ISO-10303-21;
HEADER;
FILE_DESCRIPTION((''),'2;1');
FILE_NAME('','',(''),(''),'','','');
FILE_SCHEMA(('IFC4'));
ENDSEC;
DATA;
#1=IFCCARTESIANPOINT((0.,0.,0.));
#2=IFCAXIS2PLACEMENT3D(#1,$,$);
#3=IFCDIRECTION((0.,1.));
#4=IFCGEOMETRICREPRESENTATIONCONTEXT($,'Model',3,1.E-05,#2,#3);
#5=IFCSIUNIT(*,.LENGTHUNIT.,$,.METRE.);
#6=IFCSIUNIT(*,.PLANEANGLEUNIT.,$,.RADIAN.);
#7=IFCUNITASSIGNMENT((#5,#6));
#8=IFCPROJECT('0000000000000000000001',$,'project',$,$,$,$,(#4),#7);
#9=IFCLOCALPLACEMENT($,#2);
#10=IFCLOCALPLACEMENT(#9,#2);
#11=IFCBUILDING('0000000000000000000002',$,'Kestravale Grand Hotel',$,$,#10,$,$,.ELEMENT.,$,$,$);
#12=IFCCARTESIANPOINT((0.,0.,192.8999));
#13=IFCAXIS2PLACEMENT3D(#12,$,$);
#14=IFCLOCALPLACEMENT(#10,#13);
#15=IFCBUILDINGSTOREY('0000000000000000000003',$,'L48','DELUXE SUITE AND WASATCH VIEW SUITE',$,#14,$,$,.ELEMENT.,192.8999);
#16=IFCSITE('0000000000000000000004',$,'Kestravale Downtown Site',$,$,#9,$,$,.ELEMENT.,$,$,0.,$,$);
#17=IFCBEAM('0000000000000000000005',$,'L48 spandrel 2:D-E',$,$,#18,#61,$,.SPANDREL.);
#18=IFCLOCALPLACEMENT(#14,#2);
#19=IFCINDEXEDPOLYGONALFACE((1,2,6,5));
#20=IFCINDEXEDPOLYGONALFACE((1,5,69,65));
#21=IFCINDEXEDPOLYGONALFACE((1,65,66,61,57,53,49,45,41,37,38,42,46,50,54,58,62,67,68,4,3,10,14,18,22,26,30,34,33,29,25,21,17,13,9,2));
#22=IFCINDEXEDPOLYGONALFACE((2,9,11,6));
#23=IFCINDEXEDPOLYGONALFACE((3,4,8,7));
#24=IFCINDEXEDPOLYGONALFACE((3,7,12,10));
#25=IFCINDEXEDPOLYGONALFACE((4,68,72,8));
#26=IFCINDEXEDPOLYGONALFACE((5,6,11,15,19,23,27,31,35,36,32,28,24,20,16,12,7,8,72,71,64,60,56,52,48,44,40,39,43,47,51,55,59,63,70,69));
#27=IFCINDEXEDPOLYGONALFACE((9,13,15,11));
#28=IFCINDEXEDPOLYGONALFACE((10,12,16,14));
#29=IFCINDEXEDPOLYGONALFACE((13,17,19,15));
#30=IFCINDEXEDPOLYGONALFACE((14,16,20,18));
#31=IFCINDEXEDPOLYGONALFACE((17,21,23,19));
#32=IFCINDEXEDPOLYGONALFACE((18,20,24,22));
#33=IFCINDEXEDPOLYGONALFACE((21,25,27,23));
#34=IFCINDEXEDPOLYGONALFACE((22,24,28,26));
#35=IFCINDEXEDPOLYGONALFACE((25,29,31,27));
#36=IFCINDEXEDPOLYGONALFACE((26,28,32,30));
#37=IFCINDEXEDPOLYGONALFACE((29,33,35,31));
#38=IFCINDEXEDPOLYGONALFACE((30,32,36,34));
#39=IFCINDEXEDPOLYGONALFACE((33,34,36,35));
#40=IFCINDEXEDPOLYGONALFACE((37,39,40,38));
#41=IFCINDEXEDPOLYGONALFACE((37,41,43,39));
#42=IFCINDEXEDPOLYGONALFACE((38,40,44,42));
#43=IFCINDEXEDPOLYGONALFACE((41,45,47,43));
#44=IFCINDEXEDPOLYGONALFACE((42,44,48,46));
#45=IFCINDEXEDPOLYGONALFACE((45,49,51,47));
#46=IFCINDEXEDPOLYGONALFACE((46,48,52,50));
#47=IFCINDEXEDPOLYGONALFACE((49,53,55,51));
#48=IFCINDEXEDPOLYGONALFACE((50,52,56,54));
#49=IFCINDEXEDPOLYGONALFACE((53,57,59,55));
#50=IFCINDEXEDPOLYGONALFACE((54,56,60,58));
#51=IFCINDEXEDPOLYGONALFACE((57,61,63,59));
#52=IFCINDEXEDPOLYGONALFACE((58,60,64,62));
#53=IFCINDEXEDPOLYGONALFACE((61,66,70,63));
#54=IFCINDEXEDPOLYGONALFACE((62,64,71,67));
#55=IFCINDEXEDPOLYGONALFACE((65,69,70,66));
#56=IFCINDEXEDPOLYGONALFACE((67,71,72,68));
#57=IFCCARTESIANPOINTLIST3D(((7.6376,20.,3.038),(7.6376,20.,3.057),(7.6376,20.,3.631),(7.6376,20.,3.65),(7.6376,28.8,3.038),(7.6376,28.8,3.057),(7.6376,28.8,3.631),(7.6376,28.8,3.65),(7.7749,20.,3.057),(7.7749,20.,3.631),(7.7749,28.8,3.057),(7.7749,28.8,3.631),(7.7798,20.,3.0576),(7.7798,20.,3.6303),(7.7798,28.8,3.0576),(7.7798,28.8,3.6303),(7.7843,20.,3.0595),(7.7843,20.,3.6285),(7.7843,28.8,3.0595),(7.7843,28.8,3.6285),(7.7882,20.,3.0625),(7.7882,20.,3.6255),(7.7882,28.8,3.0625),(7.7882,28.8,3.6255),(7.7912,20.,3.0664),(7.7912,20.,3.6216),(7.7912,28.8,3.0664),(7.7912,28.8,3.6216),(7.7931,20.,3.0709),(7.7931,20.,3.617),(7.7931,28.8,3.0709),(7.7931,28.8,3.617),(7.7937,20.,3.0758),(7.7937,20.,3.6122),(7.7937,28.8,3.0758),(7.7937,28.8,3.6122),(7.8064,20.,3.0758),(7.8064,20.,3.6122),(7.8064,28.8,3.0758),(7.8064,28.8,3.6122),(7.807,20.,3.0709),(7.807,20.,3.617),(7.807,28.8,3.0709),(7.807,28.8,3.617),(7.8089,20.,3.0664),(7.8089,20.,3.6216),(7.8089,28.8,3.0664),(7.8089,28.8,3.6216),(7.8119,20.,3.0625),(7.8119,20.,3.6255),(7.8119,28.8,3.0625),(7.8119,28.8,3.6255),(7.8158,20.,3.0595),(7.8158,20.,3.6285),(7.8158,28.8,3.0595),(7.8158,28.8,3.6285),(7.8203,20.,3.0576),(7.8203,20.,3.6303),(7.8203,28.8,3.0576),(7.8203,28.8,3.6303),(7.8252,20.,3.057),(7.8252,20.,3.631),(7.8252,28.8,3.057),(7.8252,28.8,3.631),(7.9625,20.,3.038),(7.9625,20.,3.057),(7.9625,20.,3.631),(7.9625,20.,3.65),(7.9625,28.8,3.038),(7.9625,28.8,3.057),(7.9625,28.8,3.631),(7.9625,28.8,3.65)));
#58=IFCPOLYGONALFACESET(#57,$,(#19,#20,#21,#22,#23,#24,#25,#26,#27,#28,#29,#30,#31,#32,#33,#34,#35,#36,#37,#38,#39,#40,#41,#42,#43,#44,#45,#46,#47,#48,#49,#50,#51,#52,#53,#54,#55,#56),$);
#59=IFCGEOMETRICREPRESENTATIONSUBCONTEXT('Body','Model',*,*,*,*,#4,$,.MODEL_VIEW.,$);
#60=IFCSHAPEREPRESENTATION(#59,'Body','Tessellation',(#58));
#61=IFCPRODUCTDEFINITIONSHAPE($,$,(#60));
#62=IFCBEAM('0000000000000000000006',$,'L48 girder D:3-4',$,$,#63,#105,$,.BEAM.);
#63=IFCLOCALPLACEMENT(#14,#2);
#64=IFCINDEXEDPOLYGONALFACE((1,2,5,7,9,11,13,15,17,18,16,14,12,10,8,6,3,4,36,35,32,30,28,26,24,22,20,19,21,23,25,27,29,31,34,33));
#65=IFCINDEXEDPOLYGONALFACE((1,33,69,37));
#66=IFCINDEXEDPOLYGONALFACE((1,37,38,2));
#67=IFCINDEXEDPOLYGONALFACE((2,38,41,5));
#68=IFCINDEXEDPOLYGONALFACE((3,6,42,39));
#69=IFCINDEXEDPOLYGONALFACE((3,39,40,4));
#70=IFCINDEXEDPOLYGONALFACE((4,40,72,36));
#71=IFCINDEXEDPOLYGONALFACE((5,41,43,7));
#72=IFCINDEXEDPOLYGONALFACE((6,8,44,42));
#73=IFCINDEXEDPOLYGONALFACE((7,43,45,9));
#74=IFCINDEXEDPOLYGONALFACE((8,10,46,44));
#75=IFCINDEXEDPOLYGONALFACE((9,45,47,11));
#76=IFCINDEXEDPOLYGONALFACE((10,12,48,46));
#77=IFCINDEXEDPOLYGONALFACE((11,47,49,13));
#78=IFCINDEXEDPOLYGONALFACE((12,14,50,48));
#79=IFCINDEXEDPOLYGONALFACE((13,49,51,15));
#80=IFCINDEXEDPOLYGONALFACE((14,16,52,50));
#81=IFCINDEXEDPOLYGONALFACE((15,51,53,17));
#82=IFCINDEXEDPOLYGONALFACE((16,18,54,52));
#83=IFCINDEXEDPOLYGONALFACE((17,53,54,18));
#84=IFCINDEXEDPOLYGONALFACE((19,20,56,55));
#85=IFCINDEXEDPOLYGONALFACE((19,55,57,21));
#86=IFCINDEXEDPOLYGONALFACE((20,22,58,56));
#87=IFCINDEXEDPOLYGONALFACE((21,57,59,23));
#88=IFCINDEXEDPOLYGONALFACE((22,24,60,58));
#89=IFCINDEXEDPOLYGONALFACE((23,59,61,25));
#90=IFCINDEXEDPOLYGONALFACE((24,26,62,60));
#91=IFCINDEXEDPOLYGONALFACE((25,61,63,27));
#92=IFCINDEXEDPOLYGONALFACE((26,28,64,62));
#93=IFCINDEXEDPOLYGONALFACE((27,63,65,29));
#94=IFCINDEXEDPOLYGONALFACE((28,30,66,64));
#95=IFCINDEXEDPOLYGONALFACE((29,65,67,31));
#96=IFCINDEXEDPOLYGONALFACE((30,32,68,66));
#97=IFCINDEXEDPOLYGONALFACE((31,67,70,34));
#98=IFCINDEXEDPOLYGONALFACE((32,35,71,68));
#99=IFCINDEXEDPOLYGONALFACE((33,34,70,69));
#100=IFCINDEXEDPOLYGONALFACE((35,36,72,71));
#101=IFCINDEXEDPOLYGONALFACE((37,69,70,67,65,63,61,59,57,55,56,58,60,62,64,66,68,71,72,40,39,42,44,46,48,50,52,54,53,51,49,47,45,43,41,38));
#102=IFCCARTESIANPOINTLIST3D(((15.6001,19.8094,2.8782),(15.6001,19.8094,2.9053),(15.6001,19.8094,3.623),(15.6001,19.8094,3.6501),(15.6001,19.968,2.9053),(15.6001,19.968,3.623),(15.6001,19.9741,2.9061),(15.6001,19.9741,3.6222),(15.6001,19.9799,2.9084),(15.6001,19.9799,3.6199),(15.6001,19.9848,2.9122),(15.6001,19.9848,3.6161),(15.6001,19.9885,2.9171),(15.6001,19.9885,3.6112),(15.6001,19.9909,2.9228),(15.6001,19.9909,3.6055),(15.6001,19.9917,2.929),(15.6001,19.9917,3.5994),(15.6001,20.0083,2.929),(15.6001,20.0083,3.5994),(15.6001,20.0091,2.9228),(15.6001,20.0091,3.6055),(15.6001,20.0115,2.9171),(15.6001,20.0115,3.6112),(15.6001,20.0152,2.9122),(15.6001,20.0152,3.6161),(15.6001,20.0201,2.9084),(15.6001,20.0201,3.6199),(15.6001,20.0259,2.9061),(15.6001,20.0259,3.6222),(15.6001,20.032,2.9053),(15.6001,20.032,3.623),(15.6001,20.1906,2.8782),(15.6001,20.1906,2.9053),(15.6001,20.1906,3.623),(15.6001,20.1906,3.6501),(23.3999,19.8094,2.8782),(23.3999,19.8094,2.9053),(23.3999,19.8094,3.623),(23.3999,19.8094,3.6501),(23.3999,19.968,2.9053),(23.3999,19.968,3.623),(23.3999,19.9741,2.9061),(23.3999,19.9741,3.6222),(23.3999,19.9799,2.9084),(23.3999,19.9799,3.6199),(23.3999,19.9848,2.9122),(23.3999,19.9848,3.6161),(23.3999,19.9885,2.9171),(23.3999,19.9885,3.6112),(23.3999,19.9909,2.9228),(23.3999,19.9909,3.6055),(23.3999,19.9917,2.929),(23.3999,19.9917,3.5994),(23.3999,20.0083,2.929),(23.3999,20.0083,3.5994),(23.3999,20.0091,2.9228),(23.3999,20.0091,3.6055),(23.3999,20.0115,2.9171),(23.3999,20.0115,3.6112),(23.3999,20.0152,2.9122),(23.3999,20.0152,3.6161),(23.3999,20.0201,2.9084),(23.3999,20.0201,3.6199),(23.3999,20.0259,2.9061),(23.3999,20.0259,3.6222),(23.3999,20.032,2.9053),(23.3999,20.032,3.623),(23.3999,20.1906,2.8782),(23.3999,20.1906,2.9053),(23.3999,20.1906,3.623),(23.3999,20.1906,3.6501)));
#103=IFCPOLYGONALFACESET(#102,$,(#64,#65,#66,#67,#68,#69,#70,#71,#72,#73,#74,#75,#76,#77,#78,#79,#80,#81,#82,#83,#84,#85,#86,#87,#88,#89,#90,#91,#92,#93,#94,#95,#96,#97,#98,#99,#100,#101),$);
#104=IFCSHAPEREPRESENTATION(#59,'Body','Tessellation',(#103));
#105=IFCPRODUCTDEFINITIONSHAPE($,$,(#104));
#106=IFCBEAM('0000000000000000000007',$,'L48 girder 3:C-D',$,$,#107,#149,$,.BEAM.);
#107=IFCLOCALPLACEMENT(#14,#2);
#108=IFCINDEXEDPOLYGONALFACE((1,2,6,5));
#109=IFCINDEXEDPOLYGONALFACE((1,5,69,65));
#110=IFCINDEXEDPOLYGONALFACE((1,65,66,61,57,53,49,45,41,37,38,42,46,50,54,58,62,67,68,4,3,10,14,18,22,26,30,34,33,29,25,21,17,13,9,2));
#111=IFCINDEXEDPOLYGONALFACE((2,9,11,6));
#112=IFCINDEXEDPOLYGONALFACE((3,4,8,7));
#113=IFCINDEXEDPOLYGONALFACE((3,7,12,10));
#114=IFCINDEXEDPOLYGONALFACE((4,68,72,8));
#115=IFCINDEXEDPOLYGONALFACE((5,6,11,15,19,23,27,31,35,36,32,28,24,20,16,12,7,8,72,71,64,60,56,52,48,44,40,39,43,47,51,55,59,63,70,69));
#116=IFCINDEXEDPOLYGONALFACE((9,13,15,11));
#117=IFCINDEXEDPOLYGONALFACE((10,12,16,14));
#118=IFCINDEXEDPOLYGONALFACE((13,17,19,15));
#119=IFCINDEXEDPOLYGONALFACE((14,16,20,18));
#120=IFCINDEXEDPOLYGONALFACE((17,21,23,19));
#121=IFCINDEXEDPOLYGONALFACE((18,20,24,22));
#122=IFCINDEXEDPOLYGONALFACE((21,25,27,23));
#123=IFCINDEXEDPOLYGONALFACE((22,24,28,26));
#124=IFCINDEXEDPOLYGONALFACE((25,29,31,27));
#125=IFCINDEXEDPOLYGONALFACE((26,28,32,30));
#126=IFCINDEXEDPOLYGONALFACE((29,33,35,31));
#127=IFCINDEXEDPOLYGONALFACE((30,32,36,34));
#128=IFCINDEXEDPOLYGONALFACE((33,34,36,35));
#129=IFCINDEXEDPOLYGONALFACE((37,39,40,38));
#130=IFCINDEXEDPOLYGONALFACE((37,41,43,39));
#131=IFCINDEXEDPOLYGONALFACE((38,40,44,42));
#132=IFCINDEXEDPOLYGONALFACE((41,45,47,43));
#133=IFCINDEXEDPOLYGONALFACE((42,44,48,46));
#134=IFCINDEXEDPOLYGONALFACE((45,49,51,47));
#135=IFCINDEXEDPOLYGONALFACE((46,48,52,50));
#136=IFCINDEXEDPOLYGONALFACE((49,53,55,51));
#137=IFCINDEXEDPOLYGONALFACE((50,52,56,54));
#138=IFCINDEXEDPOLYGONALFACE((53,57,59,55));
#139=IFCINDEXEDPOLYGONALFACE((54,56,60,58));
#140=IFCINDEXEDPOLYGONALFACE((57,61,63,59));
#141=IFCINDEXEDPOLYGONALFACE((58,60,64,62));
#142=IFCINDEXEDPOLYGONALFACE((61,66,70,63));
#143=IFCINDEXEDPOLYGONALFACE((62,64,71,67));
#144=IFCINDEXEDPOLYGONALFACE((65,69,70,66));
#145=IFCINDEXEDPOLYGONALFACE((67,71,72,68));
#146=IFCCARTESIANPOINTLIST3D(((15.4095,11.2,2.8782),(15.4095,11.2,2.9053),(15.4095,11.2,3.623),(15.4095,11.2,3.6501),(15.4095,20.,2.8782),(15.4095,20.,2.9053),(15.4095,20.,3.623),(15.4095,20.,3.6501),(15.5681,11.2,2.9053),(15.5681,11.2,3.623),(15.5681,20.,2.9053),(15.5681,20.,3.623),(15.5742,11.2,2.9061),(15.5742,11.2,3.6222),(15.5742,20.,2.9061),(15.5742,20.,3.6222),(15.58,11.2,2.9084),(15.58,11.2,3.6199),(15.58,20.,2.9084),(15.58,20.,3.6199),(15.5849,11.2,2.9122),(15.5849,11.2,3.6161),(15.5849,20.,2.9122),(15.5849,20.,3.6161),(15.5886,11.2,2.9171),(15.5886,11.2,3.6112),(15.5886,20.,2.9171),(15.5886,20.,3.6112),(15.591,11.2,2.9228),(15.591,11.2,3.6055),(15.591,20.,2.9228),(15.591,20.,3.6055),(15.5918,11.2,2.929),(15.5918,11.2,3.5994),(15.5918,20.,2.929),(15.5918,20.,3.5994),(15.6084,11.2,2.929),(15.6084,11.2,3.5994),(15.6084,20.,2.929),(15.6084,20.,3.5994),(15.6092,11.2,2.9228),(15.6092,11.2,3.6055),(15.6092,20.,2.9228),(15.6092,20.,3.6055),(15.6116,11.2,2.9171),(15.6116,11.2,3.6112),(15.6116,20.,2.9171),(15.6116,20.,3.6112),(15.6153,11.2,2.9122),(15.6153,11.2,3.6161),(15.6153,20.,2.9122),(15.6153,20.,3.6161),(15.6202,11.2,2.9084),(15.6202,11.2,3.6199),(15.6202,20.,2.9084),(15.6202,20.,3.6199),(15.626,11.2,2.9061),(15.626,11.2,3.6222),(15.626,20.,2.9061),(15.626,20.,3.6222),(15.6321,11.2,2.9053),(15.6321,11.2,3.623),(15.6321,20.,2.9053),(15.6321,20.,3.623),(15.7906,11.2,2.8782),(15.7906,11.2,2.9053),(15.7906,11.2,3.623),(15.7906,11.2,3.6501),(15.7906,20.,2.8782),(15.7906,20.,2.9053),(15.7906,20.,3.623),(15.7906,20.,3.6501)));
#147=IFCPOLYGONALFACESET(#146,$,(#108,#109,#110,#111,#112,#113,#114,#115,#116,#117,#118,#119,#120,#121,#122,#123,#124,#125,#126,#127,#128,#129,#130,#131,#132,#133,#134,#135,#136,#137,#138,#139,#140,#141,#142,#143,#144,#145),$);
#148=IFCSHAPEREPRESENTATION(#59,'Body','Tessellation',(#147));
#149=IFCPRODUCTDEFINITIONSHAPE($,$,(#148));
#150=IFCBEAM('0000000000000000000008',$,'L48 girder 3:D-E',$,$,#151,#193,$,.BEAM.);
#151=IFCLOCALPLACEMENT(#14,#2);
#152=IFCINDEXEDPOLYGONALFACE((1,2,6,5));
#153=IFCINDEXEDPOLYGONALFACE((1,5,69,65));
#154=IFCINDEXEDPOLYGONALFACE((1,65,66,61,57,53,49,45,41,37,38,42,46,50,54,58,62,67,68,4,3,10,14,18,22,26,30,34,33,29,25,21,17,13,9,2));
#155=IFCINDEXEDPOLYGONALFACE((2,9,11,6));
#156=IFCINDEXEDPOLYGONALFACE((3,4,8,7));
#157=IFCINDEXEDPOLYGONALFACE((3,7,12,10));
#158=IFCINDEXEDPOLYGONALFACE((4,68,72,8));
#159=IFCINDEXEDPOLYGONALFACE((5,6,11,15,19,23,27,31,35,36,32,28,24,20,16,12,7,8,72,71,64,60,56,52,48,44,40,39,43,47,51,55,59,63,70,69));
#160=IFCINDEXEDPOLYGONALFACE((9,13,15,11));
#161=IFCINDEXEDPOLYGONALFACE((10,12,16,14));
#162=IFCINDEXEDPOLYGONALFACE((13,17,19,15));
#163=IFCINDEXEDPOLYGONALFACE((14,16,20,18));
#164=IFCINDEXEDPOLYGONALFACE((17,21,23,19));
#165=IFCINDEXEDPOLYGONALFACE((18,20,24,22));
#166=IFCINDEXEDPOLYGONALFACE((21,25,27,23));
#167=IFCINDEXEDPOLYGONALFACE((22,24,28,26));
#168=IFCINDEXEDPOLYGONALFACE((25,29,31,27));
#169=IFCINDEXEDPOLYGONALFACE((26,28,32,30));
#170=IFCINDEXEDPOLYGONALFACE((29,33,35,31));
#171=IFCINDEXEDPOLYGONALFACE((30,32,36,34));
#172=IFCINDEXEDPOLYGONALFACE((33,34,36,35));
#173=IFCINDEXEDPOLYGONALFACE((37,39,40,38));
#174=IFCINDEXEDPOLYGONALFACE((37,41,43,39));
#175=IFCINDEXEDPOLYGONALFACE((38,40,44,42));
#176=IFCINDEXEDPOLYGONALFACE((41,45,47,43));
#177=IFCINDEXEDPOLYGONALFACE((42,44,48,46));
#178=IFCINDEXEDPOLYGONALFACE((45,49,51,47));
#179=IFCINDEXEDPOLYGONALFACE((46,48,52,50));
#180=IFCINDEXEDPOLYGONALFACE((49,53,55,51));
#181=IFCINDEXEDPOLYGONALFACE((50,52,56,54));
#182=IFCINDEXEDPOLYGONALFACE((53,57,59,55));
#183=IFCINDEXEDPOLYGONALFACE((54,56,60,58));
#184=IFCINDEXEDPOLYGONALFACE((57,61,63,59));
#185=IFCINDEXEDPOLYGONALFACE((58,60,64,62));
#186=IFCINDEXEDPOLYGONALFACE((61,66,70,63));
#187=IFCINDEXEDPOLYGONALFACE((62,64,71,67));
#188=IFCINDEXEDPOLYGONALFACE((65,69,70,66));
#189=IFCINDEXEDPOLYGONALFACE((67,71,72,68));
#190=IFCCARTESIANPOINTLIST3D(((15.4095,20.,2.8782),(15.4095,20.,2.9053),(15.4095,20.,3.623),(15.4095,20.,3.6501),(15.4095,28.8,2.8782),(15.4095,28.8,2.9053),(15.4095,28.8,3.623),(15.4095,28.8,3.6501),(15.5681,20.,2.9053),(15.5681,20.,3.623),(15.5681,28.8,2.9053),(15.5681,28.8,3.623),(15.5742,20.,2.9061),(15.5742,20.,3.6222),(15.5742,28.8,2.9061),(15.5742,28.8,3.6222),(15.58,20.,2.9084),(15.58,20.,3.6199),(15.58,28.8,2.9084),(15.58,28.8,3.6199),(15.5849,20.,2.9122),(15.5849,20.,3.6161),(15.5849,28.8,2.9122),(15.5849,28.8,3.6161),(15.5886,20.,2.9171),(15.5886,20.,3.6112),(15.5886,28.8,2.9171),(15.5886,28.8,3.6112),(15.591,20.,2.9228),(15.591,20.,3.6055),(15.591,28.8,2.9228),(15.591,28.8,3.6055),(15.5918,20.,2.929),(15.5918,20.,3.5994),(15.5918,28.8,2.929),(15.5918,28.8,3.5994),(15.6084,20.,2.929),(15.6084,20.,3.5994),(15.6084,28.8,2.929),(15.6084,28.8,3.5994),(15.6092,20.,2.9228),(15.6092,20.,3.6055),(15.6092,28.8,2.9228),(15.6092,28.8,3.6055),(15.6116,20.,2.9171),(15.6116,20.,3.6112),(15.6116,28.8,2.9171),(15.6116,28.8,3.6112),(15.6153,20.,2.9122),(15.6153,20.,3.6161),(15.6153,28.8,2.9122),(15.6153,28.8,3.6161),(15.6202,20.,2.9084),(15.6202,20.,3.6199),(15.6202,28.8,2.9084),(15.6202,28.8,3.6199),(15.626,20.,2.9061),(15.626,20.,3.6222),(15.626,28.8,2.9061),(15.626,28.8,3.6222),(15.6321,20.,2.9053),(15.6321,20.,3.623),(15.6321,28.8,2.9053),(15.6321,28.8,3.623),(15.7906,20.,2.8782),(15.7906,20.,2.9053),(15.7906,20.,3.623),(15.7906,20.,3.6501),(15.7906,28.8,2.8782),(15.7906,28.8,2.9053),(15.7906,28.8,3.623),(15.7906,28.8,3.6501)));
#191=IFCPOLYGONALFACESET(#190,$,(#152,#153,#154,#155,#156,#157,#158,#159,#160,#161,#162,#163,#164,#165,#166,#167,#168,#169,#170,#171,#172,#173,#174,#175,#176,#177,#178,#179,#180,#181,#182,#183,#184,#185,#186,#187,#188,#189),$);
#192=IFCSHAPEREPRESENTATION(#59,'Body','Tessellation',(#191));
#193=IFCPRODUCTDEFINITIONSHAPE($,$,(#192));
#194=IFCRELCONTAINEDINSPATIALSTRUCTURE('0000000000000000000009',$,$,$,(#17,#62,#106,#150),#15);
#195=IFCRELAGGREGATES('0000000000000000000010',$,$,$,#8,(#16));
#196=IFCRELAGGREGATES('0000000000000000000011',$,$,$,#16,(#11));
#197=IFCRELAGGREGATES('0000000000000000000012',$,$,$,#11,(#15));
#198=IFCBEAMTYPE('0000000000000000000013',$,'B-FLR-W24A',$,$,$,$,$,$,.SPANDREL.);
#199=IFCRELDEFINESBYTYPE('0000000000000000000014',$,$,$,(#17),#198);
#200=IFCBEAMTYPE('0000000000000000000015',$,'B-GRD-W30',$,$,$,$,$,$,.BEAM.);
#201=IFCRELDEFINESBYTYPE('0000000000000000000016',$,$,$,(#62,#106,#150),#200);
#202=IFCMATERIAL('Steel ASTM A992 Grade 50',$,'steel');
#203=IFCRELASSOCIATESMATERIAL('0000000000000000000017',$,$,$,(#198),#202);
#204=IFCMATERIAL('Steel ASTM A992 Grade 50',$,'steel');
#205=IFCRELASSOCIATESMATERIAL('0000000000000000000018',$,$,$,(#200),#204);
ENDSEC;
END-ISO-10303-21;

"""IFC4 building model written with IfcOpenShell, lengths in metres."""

from ifc_helpers import new_model, si_unit, direction, frame, origin, origin_2d, place, context, subcontext, project, spatial, i_section, extrude, material, material_profile, profile_set, type_object, element, save


model = new_model("IFC4")

# Units and contexts
model_context = context("Model", 3, precision=1e-05, world=origin(), true_north=direction((0.0, 1.0)))
body_context = subcontext(model_context, "Body", "Model", "MODEL_VIEW")
ifc_project = project(units=[si_unit("LENGTHUNIT", "METRE"), si_unit("PLANEANGLEUNIT", "RADIAN")], contexts=[model_context])

# Site, building, storey
site_placement = place(None, origin())
site = spatial("IfcSite", under=ifc_project, at=site_placement, Name="Kestravale Downtown Site", CompositionType="ELEMENT", RefElevation=0.0)
building_placement = place(site_placement, origin())
building = spatial("IfcBuilding", under=site, at=building_placement, Name="Kestravale Grand Hotel", CompositionType="ELEMENT")
storey_placement = place(building_placement, frame((0.0, 0.0, 192.8999)))
storey = spatial("IfcBuildingStorey", under=building, at=storey_placement, Name="L48", Description="DELUXE SUITE AND WASATCH VIEW SUITE", CompositionType="ELEMENT", Elevation=192.8999)

# Beams
ifc_material_1 = material(Name="Steel ASTM A992 Grade 50", Category="steel")
ifc_material_profile_1 = material_profile(ifc_material_1, i_section(OverallWidth=0.325, OverallDepth=0.6121, WebThickness=0.0127, FlangeThickness=0.019, FilletRadius=0.0188, at=origin_2d()))
ifc_profile_set_1 = profile_set([ifc_material_profile_1], Name="Steel ASTM A992 Grade 50")
beam_type_1 = type_object("IfcBeamType", Name="B-FLR-W24A", PredefinedType="SPANDREL", material=ifc_profile_set_1)
beam_1_placement = place(storey_placement, frame((7.8, 20.0, 3.344), z_axis=(0.0, 1.0, 0.0), x_axis=(-1.0, 0.0, 0.0)))
element("IfcBeam", 1, at=beam_1_placement, inside=storey, type_object=beam_type_1, Name="L48 spandrel 2:D-E", PredefinedType="SPANDREL", context=body_context, shape_type="SweptSolid", body=[
    extrude(i_section(OverallWidth=0.325, OverallDepth=0.6121, WebThickness=0.0127, FlangeThickness=0.019, FilletRadius=0.0188, at=origin_2d()), origin(), (0.0, 0.0, 1.0), 8.8),
])
ifc_material_2 = material(Name="Steel ASTM A992 Grade 50", Category="steel")
ifc_material_profile_2 = material_profile(ifc_material_2, i_section(OverallWidth=0.3811, OverallDepth=0.772, WebThickness=0.0166, FlangeThickness=0.0271, FilletRadius=0.0237, at=origin_2d()))
ifc_profile_set_2 = profile_set([ifc_material_profile_2], Name="Steel ASTM A992 Grade 50")
beam_type_2 = type_object("IfcBeamType", Name="B-GRD-W30", PredefinedType="BEAM", material=ifc_profile_set_2)
beam_2_placement = place(storey_placement, frame((15.6001, 20.0, 3.2642), z_axis=(1.0, 0.0, 0.0), x_axis=(0.0, 1.0, 0.0)))
element("IfcBeam", 2, at=beam_2_placement, inside=storey, type_object=beam_type_2, Name="L48 girder D:3-4", PredefinedType="BEAM", context=body_context, shape_type="SweptSolid", body=[
    extrude(i_section(OverallWidth=0.3811, OverallDepth=0.772, WebThickness=0.0166, FlangeThickness=0.0271, FilletRadius=0.0237, at=origin_2d()), origin(), (0.0, 0.0, 1.0), 7.7998),
])
for number, where, z_axis, x_axis, name in (
    (3, (15.6001, 11.2, 3.2642), (0.0, 1.0, 0.0), (-1.0, 0.0, 0.0), "L48 girder 3:C-D"),
    (4, (15.6001, 20.0, 3.2642), (0.0, 1.0, 0.0), (-1.0, 0.0, 0.0), "L48 girder 3:D-E"),
):
    element("IfcBeam", number, at=place(storey_placement, frame(where, z_axis=z_axis, x_axis=x_axis)), inside=storey, type_object=beam_type_2, Name=name, PredefinedType="BEAM", context=body_context, shape_type="SweptSolid", body=[
        extrude(i_section(OverallWidth=0.3811, OverallDepth=0.772, WebThickness=0.0166, FlangeThickness=0.0271, FilletRadius=0.0237, at=origin_2d()), origin(), (0.0, 0.0, 1.0), 8.8),
    ])

save(model, "model.ifc")
